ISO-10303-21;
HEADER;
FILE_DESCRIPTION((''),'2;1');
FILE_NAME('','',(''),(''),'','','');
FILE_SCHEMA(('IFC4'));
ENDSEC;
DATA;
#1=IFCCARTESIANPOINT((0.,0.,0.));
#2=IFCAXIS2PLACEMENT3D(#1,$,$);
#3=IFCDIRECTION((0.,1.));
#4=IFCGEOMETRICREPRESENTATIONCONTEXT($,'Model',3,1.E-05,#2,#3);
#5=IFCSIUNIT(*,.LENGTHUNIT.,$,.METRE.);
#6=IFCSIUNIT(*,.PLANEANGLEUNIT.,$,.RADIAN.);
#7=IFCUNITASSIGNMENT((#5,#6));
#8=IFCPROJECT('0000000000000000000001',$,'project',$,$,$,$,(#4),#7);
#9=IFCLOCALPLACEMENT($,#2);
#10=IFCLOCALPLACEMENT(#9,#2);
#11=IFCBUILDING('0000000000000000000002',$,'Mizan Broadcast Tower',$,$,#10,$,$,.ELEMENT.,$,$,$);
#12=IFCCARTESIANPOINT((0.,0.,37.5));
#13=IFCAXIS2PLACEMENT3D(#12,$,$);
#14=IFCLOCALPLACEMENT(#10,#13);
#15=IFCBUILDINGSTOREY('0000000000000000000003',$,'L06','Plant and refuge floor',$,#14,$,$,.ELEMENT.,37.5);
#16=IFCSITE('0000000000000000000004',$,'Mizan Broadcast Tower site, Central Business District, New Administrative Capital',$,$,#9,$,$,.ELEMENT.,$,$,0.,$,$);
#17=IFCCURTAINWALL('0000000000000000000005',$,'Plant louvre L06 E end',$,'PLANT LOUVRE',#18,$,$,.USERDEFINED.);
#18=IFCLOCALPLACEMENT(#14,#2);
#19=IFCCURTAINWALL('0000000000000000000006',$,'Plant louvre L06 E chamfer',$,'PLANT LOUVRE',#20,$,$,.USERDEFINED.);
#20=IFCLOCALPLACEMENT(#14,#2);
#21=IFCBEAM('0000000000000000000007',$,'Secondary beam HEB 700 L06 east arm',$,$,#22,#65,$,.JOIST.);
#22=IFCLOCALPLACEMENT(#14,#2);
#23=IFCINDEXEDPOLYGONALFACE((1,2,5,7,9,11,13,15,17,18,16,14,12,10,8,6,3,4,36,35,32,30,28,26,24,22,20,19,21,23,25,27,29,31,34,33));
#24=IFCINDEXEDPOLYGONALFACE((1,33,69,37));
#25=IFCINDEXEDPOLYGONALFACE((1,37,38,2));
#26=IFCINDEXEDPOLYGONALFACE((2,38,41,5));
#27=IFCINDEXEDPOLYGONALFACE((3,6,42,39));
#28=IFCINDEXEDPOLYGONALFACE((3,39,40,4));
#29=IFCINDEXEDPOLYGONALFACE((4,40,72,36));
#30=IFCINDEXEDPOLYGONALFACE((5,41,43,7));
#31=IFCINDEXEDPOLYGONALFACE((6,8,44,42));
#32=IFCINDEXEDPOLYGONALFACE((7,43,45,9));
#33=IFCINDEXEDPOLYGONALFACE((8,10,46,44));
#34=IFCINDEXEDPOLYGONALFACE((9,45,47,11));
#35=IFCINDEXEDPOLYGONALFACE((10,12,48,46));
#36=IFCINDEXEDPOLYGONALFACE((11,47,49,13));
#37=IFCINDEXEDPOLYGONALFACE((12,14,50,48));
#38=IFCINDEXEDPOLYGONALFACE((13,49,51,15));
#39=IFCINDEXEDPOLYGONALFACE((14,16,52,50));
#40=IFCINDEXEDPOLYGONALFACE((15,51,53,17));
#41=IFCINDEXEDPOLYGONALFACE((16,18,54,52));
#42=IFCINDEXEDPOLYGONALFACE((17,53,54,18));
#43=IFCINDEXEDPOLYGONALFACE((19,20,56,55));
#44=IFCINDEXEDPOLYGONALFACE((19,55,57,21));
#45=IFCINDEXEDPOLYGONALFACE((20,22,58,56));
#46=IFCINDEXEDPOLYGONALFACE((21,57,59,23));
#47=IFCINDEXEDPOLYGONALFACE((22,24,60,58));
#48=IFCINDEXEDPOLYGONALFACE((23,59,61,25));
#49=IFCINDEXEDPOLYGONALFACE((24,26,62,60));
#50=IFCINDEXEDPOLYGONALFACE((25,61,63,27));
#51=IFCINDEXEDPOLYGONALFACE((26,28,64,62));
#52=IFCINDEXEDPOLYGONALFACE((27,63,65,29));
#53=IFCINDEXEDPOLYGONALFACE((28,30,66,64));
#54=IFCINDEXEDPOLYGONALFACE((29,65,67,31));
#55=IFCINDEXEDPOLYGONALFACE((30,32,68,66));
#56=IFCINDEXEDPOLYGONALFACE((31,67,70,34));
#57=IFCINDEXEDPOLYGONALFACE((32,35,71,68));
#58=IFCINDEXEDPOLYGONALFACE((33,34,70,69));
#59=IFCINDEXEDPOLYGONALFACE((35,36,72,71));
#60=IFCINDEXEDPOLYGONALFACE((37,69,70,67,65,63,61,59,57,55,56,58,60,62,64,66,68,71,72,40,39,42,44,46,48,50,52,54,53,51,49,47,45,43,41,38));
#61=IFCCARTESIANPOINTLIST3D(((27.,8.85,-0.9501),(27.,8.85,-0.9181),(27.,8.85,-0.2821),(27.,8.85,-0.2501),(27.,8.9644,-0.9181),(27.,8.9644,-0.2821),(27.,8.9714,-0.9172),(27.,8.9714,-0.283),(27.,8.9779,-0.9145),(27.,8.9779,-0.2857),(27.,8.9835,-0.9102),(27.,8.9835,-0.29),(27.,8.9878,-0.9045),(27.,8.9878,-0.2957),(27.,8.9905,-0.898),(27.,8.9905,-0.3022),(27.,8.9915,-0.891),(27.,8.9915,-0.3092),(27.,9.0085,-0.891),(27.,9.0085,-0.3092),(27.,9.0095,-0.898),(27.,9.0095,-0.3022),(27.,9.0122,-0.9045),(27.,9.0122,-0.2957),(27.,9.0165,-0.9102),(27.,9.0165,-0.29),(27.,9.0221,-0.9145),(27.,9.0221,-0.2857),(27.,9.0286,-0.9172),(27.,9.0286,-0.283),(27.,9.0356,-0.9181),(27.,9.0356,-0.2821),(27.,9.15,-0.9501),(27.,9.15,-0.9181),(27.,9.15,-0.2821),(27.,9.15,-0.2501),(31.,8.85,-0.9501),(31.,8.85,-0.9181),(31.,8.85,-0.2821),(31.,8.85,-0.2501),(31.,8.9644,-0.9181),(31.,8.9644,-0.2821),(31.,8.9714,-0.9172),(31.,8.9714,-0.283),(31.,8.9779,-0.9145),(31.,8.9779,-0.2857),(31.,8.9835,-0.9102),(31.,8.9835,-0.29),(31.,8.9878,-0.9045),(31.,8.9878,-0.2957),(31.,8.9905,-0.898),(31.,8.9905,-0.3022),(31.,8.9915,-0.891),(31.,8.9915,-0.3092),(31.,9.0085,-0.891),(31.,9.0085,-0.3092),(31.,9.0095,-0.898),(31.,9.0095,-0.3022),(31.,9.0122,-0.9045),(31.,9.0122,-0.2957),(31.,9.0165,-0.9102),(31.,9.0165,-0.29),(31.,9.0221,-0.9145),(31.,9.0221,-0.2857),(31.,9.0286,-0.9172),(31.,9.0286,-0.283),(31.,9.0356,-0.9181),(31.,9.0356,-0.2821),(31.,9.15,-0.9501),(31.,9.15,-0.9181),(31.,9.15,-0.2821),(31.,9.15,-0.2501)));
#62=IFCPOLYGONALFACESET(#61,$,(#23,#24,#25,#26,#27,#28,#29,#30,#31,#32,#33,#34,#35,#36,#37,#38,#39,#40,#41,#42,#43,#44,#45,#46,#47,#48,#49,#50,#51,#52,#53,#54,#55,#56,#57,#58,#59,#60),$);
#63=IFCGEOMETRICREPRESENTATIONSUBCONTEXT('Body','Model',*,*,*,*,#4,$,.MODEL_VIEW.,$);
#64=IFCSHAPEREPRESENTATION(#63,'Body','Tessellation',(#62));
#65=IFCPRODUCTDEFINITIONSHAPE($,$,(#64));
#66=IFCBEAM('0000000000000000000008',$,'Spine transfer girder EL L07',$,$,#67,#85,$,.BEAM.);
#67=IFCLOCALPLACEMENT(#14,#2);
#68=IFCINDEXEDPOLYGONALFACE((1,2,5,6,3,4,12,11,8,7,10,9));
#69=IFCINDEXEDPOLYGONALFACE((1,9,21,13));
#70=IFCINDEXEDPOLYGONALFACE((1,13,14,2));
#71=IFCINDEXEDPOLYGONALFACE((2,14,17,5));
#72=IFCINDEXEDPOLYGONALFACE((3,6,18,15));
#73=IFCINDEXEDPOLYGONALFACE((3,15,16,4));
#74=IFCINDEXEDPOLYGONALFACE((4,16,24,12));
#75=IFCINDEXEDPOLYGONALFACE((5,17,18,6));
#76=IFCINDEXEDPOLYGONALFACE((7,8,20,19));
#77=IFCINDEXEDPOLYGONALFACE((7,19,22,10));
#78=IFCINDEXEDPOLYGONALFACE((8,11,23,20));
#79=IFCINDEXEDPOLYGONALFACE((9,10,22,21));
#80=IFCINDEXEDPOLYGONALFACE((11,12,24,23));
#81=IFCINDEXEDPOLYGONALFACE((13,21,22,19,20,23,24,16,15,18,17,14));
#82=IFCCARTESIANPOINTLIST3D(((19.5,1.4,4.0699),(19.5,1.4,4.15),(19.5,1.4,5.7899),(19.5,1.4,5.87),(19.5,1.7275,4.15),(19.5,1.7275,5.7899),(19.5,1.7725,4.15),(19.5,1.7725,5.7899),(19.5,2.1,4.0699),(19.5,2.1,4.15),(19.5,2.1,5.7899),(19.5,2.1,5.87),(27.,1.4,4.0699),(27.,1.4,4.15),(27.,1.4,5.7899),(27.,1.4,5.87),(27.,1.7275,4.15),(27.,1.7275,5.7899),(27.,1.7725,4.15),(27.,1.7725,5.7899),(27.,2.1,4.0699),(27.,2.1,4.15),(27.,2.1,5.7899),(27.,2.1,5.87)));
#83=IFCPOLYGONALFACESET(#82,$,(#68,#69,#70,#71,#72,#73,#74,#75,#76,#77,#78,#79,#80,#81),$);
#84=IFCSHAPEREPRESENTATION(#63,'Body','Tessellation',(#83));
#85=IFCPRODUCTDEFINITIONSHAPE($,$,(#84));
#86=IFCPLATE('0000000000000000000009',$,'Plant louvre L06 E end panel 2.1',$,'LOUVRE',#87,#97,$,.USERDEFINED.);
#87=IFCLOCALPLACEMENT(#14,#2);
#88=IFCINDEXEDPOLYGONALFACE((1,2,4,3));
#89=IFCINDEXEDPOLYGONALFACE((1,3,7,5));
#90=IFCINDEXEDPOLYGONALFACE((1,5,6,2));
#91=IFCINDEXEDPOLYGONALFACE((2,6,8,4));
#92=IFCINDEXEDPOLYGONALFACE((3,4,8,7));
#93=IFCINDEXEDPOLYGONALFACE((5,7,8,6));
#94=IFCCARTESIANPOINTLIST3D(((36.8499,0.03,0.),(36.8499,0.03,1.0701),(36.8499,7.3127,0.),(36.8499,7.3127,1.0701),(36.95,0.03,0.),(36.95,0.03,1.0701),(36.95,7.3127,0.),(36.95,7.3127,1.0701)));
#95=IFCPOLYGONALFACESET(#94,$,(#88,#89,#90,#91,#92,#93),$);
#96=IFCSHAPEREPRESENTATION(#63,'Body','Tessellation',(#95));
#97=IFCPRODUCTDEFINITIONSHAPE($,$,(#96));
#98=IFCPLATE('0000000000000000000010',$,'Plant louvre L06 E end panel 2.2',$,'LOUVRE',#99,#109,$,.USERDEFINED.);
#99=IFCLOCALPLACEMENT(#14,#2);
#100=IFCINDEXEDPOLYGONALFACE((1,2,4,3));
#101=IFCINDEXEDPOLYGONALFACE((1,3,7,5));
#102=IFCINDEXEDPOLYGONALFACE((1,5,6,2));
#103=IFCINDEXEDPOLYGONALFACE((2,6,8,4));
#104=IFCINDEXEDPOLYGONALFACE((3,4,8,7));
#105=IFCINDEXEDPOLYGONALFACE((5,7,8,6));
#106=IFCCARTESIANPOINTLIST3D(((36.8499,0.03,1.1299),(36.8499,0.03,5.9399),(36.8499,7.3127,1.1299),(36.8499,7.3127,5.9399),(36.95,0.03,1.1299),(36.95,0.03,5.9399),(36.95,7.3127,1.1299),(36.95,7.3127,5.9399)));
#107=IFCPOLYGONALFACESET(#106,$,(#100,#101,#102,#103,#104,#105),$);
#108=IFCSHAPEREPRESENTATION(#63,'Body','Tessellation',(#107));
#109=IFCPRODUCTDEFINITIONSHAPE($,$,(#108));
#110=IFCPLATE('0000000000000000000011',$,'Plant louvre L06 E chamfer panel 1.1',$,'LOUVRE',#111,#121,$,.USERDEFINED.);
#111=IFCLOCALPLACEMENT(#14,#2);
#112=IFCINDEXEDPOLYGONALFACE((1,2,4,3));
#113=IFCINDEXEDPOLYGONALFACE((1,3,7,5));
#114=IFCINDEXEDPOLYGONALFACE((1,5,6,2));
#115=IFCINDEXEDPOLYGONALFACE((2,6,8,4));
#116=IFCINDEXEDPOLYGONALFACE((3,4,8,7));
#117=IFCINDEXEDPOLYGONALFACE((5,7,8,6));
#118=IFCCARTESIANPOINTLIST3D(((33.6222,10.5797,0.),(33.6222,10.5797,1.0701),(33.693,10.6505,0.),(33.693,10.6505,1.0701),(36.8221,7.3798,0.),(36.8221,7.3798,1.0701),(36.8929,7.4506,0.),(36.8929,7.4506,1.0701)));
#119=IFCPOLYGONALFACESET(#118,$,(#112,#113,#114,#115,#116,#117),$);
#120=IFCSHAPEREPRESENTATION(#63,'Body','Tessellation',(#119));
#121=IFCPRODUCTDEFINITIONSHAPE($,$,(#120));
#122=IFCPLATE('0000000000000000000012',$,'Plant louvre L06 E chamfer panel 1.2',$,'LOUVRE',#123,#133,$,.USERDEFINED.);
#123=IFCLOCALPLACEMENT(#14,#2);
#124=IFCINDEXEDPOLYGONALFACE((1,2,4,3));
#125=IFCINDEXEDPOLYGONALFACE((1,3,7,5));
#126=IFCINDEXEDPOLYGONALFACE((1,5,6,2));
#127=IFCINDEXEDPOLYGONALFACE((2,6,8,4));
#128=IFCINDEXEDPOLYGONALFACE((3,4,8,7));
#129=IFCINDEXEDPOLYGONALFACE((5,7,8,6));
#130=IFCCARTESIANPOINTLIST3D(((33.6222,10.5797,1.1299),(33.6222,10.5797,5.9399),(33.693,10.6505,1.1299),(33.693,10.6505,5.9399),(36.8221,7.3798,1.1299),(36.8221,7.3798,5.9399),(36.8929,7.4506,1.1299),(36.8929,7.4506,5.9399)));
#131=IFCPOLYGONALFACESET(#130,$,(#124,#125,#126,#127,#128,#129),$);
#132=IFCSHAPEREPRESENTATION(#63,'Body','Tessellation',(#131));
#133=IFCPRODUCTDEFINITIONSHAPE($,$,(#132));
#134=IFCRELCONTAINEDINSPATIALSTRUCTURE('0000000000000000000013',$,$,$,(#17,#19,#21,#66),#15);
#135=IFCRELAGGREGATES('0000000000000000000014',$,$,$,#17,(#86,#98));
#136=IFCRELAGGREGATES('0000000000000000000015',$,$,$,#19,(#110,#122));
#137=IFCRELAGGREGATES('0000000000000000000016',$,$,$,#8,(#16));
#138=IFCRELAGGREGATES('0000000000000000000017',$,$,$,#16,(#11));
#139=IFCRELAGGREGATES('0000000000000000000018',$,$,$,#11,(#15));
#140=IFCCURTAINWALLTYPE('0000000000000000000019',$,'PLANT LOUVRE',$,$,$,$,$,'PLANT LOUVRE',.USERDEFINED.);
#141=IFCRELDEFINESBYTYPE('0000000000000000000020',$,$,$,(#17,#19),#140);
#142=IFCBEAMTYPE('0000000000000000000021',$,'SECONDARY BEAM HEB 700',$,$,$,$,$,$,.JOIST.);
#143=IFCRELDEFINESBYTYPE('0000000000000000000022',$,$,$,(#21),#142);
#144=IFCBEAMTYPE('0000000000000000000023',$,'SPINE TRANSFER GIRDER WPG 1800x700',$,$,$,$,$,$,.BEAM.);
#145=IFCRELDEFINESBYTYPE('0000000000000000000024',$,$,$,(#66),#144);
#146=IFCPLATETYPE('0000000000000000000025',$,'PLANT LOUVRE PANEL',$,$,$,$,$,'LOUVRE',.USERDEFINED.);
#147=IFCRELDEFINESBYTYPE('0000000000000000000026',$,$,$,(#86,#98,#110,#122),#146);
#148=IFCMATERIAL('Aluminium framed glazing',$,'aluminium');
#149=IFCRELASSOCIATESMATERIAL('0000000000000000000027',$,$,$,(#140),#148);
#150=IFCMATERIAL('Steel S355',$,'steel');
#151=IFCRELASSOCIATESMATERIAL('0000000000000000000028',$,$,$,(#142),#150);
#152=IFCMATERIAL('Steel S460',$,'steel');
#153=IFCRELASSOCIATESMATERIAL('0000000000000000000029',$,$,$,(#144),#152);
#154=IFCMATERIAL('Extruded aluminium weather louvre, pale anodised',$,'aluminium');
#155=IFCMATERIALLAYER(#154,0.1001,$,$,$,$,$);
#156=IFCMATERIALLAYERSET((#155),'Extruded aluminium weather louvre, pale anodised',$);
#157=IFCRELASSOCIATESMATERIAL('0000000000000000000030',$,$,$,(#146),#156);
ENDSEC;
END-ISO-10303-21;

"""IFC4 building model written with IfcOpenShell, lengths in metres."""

from ifc_helpers import new_model, si_unit, direction, frame, origin, origin_2d, place, context, subcontext, project, spatial, rectangle, i_section, extrude, material, layer, layer_set, material_profile, profile_set, type_object, element, aggregate, save


model = new_model("IFC4")

# Units and contexts
model_context = context("Model", 3, precision=1e-05, world=origin(), true_north=direction((0.0, 1.0)))
body_context = subcontext(model_context, "Body", "Model", "MODEL_VIEW")
ifc_project = project(units=[si_unit("LENGTHUNIT", "METRE"), si_unit("PLANEANGLEUNIT", "RADIAN")], contexts=[model_context])

# Site, building, storey
site_placement = place(None, origin())
site = spatial("IfcSite", under=ifc_project, at=site_placement, Name="Mizan Broadcast Tower site, Central Business District, New Administrative Capital", CompositionType="ELEMENT", RefElevation=0.0)
building_placement = place(site_placement, origin())
building = spatial("IfcBuilding", under=site, at=building_placement, Name="Mizan Broadcast Tower", CompositionType="ELEMENT")
storey_placement = place(building_placement, frame((0.0, 0.0, 37.5)))
storey = spatial("IfcBuildingStorey", under=building, at=storey_placement, Name="L06", Description="Plant and refuge floor", CompositionType="ELEMENT", Elevation=37.5)

# Curtain wall
ifc_material_1 = material(Name="Aluminium framed glazing", Category="aluminium")
curtain_wall_type = type_object("IfcCurtainWallType", Name="PLANT LOUVRE", ElementType="PLANT LOUVRE", PredefinedType="USERDEFINED", material=ifc_material_1)
curtain_wall_1_placement = place(storey_placement, origin())
curtain_wall_1 = element("IfcCurtainWall", 1, at=curtain_wall_1_placement, inside=storey, type_object=curtain_wall_type, Name="Plant louvre L06 E end", ObjectType="PLANT LOUVRE", PredefinedType="USERDEFINED")

# Curtain wall
curtain_wall_2_placement = place(storey_placement, origin())
curtain_wall_2 = element("IfcCurtainWall", 2, at=curtain_wall_2_placement, inside=storey, type_object=curtain_wall_type, Name="Plant louvre L06 E chamfer", ObjectType="PLANT LOUVRE", PredefinedType="USERDEFINED")

# Beams
ifc_material_2 = material(Name="Steel S355", Category="steel")
ifc_material_profile_1 = material_profile(ifc_material_2, i_section(OverallWidth=0.3, OverallDepth=0.7, WebThickness=0.0171, FlangeThickness=0.032, FilletRadius=0.0271, at=origin_2d()), Name="HEB 700")
ifc_profile_set_1 = profile_set([ifc_material_profile_1], Name="Steel S355")
beam_type_1 = type_object("IfcBeamType", Name="SECONDARY BEAM HEB 700", PredefinedType="JOIST", material=ifc_profile_set_1)
beam_1_placement = place(storey_placement, frame((27.0, 9.0, -0.6001), z_axis=(1.0, 0.0, 0.0), x_axis=(0.0, 1.0, 0.0)))
element("IfcBeam", 3, at=beam_1_placement, inside=storey, type_object=beam_type_1, Name="Secondary beam HEB 700 L06 east arm", PredefinedType="JOIST", context=body_context, shape_type="SweptSolid", body=[
    extrude(i_section(OverallWidth=0.3, OverallDepth=0.7, WebThickness=0.0171, FlangeThickness=0.032, FilletRadius=0.0271, at=origin_2d()), origin(), (0.0, 0.0, 1.0), 4.0),
])
ifc_material_3 = material(Name="Steel S460", Category="steel")
ifc_material_profile_2 = material_profile(ifc_material_3, i_section(OverallWidth=0.7, OverallDepth=1.8, WebThickness=0.0449, FlangeThickness=0.0801, at=origin_2d()), Name="WPG 1800x700")
ifc_profile_set_2 = profile_set([ifc_material_profile_2], Name="Steel S460")
beam_type_2 = type_object("IfcBeamType", Name="SPINE TRANSFER GIRDER WPG 1800x700", PredefinedType="BEAM", material=ifc_profile_set_2)
beam_2_placement = place(storey_placement, frame((19.5, 1.75, 4.97), z_axis=(1.0, 0.0, 0.0), x_axis=(0.0, 1.0, 0.0)))
element("IfcBeam", 4, at=beam_2_placement, inside=storey, type_object=beam_type_2, Name="Spine transfer girder EL L07", PredefinedType="BEAM", context=body_context, shape_type="SweptSolid", body=[
    extrude(i_section(OverallWidth=0.7, OverallDepth=1.8, WebThickness=0.0449, FlangeThickness=0.0801, at=origin_2d()), origin(), (0.0, 0.0, 1.0), 7.5),
])

# Plates
ifc_material_4 = material(Name="Extruded aluminium weather louvre, pale anodised", Category="aluminium")
ifc_layer = layer(ifc_material_4, 0.1001)
ifc_layer_set = layer_set([ifc_layer], Name="Extruded aluminium weather louvre, pale anodised")
plate_type = type_object("IfcPlateType", Name="PLANT LOUVRE PANEL", ElementType="LOUVRE", PredefinedType="USERDEFINED", material=ifc_layer_set)
plate_1_placement = place(storey_placement, frame((36.8999, 3.6714, 0.0), z_axis=(0.0, 0.0, 1.0), x_axis=(0.0, 1.0, 0.0)))
plate_1 = element("IfcPlate", 5, at=plate_1_placement, type_object=plate_type, Name="Plant louvre L06 E end panel 2.1", ObjectType="LOUVRE", PredefinedType="USERDEFINED", context=body_context, shape_type="SweptSolid", body=[
    extrude(rectangle(XDim=7.2827, YDim=0.1001, at=origin_2d()), origin(), (0.0, 0.0, 1.0), 1.0701),
])
plate_2_placement = place(storey_placement, frame((36.8999, 3.6714, 1.1299), z_axis=(0.0, 0.0, 1.0), x_axis=(0.0, 1.0, 0.0)))
plate_2 = element("IfcPlate", 6, at=plate_2_placement, type_object=plate_type, Name="Plant louvre L06 E end panel 2.2", ObjectType="LOUVRE", PredefinedType="USERDEFINED", context=body_context, shape_type="SweptSolid", body=[
    extrude(rectangle(XDim=7.2827, YDim=0.1001, at=origin_2d()), origin(), (0.0, 0.0, 1.0), 4.8101),
])
aggregate(curtain_wall_1, [plate_1, plate_2])
plate_3_placement = place(storey_placement, frame((35.2576, 9.0151, 0.0), z_axis=(0.0, 0.0, 1.0), x_axis=(-0.707107, 0.707107, 0.0)))
plate_3 = element("IfcPlate", 7, at=plate_3_placement, type_object=plate_type, Name="Plant louvre L06 E chamfer panel 1.1", ObjectType="LOUVRE", PredefinedType="USERDEFINED", context=body_context, shape_type="SweptSolid", body=[
    extrude(rectangle(XDim=4.5254, YDim=0.1001, at=origin_2d()), origin(), (0.0, 0.0, 1.0), 1.0701),
])
plate_4_placement = place(storey_placement, frame((35.2576, 9.0151, 1.1299), z_axis=(0.0, 0.0, 1.0), x_axis=(-0.707107, 0.707107, 0.0)))
plate_4 = element("IfcPlate", 8, at=plate_4_placement, type_object=plate_type, Name="Plant louvre L06 E chamfer panel 1.2", ObjectType="LOUVRE", PredefinedType="USERDEFINED", context=body_context, shape_type="SweptSolid", body=[
    extrude(rectangle(XDim=4.5254, YDim=0.1001, at=origin_2d()), origin(), (0.0, 0.0, 1.0), 4.8101),
])
aggregate(curtain_wall_2, [plate_3, plate_4])

save(model, "model.ifc")
